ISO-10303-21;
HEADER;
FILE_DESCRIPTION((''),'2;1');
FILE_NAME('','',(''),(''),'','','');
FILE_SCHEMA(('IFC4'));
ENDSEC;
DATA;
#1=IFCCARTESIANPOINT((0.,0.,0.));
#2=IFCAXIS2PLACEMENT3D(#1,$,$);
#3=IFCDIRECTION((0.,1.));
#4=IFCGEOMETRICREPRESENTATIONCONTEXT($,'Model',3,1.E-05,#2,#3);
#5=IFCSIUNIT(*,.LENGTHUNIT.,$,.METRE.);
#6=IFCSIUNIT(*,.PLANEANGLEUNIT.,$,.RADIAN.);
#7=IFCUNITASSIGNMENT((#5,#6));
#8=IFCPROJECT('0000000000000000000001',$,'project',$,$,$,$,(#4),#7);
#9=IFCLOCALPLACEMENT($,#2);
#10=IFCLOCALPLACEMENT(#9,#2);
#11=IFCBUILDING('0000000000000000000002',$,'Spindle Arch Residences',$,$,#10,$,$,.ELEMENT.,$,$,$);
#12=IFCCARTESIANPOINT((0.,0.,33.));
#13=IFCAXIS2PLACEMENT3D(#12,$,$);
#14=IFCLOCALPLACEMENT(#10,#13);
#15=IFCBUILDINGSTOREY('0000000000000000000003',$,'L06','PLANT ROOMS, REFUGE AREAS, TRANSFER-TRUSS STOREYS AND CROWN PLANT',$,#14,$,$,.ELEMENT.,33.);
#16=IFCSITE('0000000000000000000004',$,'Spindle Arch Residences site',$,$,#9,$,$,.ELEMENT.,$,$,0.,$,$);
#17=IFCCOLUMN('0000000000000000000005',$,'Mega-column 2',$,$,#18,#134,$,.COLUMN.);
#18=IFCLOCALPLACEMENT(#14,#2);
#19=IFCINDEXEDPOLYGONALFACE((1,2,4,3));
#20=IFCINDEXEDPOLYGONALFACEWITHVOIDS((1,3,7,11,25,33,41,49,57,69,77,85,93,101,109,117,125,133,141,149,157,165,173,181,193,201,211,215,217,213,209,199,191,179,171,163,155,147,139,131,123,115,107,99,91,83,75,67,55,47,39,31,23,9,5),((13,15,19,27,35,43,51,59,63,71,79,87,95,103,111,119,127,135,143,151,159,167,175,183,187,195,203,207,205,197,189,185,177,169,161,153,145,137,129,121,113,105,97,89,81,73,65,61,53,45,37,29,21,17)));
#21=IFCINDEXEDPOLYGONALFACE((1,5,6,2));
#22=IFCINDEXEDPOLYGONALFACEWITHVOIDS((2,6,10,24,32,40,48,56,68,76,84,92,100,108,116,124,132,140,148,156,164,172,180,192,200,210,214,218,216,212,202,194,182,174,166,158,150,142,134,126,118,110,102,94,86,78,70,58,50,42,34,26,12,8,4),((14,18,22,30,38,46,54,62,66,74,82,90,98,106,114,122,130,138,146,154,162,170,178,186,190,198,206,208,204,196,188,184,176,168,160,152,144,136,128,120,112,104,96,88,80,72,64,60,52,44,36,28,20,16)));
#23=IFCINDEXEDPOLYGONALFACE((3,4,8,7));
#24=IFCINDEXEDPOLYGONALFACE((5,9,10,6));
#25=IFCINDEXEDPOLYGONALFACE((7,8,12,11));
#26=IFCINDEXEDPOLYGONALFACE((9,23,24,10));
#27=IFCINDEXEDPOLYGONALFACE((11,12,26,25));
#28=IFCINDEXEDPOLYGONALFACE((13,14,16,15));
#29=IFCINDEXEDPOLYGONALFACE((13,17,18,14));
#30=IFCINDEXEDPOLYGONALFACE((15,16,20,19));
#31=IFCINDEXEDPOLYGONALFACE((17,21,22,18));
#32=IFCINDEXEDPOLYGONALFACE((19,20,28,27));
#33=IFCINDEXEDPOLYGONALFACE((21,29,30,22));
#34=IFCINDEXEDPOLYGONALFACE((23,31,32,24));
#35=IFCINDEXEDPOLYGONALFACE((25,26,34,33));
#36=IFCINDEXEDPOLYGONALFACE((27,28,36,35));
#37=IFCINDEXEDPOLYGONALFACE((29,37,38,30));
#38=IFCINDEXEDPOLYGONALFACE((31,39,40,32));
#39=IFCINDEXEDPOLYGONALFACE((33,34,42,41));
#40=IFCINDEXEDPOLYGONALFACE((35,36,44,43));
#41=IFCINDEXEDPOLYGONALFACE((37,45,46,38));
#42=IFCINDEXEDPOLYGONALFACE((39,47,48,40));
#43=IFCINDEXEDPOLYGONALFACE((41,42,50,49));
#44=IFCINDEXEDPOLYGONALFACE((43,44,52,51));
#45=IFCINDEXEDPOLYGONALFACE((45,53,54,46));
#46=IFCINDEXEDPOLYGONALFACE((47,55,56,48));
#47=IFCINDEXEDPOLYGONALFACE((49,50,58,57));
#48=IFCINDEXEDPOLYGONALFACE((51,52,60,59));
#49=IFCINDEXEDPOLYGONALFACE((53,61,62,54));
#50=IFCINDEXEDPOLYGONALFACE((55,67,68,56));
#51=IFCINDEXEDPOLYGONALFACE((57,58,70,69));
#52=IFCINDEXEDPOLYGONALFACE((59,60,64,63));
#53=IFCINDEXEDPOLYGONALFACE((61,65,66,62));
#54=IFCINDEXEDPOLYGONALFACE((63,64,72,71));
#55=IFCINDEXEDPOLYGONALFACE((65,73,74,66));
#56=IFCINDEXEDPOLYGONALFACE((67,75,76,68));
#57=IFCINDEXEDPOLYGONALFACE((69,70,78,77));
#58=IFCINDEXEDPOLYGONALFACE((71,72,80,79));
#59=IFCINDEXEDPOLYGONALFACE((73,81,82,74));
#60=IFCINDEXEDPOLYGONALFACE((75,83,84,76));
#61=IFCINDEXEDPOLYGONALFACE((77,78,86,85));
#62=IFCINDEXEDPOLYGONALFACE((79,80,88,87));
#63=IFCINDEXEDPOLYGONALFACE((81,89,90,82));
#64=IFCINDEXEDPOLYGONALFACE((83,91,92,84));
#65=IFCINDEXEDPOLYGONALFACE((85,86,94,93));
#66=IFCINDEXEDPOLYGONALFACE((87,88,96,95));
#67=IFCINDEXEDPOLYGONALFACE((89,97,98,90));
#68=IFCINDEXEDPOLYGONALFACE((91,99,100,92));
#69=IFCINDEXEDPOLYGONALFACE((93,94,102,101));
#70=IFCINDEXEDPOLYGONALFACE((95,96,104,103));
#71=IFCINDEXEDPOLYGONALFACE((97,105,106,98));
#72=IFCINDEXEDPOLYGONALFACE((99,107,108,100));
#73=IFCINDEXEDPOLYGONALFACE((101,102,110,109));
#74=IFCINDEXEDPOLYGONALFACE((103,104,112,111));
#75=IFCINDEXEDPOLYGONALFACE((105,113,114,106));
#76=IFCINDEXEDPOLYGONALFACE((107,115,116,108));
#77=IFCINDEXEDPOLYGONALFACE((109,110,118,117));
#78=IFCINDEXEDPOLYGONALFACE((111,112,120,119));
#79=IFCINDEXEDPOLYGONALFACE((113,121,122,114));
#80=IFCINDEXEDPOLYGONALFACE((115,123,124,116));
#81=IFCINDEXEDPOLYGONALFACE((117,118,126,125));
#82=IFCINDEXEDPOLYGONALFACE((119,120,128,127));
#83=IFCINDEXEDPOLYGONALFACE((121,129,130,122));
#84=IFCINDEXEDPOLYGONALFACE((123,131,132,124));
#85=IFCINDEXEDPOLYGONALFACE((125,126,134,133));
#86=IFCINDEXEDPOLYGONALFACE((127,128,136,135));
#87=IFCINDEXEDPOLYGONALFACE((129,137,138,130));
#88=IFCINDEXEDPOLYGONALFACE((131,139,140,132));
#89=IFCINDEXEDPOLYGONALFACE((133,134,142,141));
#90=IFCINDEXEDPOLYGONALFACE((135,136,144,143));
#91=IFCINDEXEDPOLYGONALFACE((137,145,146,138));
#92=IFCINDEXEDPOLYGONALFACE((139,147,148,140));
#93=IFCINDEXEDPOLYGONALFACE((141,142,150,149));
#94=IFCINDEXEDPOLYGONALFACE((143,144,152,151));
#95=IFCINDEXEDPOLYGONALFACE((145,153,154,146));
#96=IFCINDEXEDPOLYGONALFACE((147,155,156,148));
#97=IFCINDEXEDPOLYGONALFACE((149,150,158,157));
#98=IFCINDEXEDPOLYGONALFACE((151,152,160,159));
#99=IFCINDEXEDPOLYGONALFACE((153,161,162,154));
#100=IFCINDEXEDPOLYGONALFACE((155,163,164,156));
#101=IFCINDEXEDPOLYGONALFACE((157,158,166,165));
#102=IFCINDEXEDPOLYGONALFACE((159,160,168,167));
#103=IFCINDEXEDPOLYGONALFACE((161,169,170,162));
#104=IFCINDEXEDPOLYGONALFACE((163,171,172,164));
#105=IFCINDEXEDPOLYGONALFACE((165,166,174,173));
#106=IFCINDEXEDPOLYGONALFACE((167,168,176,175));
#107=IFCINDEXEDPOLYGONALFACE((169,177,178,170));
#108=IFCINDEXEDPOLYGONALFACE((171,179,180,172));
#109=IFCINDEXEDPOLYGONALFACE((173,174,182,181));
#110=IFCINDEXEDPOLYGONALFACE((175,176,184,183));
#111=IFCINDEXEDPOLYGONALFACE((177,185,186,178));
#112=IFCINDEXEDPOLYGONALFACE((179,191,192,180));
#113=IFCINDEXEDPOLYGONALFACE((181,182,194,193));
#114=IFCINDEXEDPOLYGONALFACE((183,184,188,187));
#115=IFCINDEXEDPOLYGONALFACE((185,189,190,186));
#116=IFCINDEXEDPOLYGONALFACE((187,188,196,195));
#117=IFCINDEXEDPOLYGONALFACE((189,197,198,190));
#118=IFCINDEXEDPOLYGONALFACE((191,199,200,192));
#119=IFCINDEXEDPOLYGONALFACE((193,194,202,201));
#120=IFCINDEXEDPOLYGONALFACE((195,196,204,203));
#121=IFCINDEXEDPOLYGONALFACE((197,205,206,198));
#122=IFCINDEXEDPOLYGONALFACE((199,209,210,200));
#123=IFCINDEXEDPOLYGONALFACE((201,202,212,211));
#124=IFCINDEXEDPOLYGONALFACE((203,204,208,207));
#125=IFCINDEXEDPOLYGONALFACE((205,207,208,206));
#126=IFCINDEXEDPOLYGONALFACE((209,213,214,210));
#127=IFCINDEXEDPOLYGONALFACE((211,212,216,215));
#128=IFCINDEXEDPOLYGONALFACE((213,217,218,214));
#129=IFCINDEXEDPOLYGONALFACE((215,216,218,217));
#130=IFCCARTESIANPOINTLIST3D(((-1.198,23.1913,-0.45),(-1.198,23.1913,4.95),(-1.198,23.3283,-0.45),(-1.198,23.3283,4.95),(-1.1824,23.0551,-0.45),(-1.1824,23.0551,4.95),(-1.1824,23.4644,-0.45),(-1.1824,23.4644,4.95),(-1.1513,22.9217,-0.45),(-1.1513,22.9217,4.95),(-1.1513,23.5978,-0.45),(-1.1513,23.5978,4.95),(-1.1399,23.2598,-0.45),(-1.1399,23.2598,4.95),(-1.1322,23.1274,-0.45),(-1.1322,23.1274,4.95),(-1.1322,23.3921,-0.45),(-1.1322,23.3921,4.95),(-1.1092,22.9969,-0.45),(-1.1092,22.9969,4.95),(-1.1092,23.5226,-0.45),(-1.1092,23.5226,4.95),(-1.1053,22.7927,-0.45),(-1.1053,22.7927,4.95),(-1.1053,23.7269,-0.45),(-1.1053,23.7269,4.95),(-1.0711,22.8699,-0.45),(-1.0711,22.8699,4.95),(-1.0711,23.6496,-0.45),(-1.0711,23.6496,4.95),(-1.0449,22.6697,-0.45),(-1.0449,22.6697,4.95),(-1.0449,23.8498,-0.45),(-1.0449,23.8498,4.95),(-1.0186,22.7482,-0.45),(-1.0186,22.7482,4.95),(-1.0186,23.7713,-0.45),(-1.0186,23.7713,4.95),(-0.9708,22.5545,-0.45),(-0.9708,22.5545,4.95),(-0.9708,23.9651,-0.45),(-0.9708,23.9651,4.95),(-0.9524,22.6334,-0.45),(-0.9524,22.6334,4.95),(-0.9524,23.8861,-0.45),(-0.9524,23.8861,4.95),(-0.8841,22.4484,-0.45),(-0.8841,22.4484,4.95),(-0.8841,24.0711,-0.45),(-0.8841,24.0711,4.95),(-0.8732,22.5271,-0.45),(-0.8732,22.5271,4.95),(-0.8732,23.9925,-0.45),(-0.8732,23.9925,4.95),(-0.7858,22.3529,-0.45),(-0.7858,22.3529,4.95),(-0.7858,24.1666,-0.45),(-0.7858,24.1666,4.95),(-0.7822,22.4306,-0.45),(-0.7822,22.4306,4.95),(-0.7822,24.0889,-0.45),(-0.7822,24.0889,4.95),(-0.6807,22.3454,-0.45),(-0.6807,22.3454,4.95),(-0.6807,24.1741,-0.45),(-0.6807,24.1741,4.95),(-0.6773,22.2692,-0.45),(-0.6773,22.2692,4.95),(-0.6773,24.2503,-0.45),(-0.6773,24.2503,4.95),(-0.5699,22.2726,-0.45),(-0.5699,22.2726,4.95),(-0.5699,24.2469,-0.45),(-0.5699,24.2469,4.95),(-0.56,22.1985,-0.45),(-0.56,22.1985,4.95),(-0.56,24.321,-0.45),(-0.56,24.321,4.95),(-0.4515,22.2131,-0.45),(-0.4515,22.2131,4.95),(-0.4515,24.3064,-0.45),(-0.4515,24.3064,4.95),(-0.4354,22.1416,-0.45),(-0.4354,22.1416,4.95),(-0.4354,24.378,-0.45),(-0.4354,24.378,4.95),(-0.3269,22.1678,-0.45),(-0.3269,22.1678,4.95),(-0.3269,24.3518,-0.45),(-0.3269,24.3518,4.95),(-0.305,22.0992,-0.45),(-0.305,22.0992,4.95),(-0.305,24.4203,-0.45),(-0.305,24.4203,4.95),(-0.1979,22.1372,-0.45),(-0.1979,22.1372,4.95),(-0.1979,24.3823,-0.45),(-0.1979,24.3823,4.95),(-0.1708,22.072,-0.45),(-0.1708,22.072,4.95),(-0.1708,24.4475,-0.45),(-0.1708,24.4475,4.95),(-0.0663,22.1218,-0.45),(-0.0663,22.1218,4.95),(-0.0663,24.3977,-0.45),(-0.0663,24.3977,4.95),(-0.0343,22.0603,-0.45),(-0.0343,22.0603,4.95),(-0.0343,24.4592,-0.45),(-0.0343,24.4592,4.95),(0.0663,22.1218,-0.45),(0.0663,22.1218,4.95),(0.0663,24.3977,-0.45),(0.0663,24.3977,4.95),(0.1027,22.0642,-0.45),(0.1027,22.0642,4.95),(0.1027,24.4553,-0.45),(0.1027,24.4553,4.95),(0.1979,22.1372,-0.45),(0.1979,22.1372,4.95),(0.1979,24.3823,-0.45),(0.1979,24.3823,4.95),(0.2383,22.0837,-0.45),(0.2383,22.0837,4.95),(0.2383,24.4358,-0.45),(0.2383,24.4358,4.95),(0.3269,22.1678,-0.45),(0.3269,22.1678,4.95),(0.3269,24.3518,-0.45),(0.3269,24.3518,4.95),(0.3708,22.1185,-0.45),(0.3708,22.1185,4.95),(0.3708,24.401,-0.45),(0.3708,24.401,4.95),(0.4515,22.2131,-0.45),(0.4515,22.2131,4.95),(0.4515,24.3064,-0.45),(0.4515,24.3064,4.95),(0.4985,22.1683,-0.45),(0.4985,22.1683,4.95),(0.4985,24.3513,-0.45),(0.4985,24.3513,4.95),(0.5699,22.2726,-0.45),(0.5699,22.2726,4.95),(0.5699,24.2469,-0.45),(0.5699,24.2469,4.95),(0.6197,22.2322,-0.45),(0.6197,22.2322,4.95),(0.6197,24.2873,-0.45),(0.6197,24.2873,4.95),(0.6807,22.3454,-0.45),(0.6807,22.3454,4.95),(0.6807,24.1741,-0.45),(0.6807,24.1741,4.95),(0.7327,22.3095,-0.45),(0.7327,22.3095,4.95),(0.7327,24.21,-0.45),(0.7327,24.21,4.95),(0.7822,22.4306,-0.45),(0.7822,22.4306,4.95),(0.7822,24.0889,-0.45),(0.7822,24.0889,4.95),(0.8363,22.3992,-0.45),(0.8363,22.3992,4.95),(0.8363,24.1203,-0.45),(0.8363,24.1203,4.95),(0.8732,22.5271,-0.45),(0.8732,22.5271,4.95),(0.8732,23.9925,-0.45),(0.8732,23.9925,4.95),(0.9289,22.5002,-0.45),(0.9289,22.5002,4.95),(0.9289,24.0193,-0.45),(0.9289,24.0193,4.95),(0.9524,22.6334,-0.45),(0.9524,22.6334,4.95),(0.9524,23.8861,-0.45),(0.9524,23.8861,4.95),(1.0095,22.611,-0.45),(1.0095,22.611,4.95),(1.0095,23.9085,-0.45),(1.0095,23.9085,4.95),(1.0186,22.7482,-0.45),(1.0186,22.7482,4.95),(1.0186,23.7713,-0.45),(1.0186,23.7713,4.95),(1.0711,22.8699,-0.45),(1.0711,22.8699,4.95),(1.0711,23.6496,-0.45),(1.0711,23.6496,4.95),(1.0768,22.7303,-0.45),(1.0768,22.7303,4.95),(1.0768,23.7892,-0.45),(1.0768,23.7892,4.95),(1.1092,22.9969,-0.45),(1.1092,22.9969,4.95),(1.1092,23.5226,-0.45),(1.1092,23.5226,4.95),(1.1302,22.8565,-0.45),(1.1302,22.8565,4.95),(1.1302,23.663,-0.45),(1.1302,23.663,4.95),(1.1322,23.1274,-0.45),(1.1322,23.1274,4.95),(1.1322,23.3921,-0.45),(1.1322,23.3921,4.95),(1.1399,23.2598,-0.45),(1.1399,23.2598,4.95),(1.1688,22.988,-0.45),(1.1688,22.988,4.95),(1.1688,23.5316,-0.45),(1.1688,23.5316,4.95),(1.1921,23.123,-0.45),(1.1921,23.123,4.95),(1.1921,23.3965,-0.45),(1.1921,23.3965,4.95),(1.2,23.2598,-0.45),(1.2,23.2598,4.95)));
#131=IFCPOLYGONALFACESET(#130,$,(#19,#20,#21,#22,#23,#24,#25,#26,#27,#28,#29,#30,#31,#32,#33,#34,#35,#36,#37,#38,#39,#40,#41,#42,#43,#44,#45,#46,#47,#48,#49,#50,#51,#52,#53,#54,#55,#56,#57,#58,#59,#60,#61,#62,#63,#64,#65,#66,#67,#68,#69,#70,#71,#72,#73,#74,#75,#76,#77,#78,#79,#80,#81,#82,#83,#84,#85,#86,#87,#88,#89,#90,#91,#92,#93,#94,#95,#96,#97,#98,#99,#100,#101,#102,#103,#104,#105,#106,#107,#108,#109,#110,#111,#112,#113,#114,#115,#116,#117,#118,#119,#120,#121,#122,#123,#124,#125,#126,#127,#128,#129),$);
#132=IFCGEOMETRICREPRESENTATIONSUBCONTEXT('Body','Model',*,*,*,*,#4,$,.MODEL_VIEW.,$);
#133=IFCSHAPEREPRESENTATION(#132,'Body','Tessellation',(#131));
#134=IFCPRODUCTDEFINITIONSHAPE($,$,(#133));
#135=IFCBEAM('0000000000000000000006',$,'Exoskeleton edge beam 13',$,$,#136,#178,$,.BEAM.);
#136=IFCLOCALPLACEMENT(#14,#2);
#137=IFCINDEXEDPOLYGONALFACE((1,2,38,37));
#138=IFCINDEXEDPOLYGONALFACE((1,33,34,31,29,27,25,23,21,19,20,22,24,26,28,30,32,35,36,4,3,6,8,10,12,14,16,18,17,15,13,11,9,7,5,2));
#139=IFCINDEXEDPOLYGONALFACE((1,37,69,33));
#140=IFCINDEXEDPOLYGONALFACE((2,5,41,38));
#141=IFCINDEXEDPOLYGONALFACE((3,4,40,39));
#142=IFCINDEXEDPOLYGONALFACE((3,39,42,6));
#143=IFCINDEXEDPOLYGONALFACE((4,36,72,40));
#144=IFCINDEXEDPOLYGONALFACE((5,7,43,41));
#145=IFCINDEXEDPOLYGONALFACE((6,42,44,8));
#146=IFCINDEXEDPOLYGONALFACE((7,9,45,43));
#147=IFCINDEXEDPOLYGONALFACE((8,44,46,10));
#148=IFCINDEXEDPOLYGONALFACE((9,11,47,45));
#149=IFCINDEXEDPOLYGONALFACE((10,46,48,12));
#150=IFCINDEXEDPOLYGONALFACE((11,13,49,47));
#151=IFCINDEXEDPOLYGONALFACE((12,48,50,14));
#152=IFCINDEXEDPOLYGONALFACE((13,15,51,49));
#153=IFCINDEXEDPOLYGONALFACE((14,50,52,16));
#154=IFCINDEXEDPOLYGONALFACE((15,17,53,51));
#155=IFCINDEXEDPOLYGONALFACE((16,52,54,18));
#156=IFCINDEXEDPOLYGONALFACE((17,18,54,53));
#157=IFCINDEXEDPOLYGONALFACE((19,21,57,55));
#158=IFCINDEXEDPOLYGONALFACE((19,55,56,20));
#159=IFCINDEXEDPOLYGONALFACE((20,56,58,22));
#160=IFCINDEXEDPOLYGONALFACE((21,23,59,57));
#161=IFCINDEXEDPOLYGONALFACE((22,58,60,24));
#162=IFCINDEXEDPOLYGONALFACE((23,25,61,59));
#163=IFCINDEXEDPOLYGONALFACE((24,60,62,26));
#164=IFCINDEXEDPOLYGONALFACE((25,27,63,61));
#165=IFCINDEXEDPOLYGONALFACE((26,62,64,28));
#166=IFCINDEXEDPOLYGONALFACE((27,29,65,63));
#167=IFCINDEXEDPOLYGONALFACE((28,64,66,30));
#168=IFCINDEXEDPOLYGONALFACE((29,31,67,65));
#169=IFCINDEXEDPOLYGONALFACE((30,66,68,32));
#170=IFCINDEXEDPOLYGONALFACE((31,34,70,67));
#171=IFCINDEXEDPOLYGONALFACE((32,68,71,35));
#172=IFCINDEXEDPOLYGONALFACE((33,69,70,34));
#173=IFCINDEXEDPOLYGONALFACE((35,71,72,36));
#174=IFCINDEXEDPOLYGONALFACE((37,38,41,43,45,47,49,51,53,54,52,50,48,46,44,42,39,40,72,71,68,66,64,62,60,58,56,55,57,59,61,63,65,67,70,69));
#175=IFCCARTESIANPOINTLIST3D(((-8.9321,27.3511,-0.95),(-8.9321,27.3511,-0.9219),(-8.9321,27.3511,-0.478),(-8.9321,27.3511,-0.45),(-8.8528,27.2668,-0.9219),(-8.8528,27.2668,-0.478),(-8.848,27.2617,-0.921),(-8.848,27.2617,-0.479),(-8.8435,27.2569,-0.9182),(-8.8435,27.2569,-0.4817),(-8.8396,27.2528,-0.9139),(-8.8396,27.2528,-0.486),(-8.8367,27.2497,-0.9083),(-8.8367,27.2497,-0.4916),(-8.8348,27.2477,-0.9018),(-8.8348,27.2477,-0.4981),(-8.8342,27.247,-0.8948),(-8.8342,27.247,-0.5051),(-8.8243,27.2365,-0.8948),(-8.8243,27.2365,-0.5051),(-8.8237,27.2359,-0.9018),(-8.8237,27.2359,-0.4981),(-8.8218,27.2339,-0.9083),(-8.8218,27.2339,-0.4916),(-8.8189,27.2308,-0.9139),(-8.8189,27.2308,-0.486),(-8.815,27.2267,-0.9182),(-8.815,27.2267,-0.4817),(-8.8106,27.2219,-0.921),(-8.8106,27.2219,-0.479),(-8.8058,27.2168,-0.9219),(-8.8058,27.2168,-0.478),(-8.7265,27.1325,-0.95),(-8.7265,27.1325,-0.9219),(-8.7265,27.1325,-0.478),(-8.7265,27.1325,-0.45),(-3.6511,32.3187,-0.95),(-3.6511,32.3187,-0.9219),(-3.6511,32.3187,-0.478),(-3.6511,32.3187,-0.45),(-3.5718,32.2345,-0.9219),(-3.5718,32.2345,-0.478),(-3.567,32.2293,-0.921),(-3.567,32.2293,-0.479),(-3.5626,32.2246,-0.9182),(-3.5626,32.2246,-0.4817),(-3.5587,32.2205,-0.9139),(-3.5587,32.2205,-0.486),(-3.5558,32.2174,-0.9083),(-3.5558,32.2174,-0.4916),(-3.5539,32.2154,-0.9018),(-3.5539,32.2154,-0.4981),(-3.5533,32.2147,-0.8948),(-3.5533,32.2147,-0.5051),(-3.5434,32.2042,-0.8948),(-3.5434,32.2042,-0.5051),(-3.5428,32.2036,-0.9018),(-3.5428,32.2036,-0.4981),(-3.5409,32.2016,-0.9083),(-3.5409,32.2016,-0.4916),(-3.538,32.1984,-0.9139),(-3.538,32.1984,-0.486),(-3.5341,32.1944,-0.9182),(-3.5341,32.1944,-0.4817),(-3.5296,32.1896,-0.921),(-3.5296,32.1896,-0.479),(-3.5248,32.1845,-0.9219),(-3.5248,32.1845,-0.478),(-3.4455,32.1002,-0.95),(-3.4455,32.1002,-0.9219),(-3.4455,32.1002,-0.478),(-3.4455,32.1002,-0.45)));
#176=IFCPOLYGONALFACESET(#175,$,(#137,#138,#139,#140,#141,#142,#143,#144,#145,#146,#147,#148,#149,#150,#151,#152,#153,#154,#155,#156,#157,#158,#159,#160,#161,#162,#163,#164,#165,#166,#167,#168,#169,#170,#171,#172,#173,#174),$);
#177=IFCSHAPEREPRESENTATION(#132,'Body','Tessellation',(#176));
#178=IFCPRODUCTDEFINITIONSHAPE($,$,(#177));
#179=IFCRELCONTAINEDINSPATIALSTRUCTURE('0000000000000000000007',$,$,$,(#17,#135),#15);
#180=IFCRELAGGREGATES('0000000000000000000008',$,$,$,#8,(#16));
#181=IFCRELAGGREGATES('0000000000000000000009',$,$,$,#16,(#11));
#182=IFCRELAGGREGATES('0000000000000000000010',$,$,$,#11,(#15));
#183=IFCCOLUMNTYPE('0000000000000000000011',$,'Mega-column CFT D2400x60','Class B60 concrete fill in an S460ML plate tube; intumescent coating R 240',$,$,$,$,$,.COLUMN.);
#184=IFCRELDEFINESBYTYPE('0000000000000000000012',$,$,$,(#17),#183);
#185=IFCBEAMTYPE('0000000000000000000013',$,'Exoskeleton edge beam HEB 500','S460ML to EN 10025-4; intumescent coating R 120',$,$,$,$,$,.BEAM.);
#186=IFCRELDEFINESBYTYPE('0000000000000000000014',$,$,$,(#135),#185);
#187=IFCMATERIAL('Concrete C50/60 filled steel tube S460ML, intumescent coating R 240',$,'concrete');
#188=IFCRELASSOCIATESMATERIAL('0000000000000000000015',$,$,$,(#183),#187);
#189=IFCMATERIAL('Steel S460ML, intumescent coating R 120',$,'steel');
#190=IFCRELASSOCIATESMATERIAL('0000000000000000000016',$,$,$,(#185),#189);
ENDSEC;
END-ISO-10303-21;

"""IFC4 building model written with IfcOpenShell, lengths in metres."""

from ifc_helpers import new_model, si_unit, direction, frame, origin, origin_2d, place, context, subcontext, project, spatial, hollow_circle, i_section, extrude, material, material_profile, profile_set, type_object, element, save


model = new_model("IFC4")

# Units and contexts
model_context = context("Model", 3, precision=1e-05, world=origin(), true_north=direction((0.0, 1.0)))
body_context = subcontext(model_context, "Body", "Model", "MODEL_VIEW")
ifc_project = project(units=[si_unit("LENGTHUNIT", "METRE"), si_unit("PLANEANGLEUNIT", "RADIAN")], contexts=[model_context])

# Site, building, storey
site_placement = place(None, origin())
site = spatial("IfcSite", under=ifc_project, at=site_placement, Name="Spindle Arch Residences site", CompositionType="ELEMENT", RefElevation=0.0)
building_placement = place(site_placement, origin())
building = spatial("IfcBuilding", under=site, at=building_placement, Name="Spindle Arch Residences", CompositionType="ELEMENT")
storey_placement = place(building_placement, frame((0.0, 0.0, 33.0)))
storey = spatial("IfcBuildingStorey", under=building, at=storey_placement, Name="L06", Description="PLANT ROOMS, REFUGE AREAS, TRANSFER-TRUSS STOREYS AND CROWN PLANT", CompositionType="ELEMENT", Elevation=33.0)

# Column
ifc_material_1 = material(Name="Concrete C50/60 filled steel tube S460ML, intumescent coating R 240", Category="concrete")
ifc_material_profile_1 = material_profile(ifc_material_1, hollow_circle(Radius=1.2, WallThickness=0.0601, at=origin_2d()), Name="CFT D2400x60")
ifc_profile_set_1 = profile_set([ifc_material_profile_1], Name="Concrete C50/60 filled steel tube S460ML, intumescent coating R 240")
column_type_1 = type_object("IfcColumnType", Name="Mega-column CFT D2400x60", Description="Class B60 concrete fill in an S460ML plate tube; intumescent coating R 240", PredefinedType="COLUMN", material=ifc_profile_set_1)
column_placement = place(storey_placement, frame((0.0, 23.2598, -0.45), z_axis=(0.0, 0.0, 1.0), x_axis=(1.0, 0.0, 0.0)))
element("IfcColumn", 1, at=column_placement, inside=storey, type_object=column_type_1, Name="Mega-column 2", PredefinedType="COLUMN", context=body_context, shape_type="SweptSolid", body=[
    extrude(hollow_circle(Radius=1.2, WallThickness=0.0601, at=origin_2d()), origin(), (0.0, 0.0, 1.0), 5.3999),
])

# Beam
ifc_material_2 = material(Name="Steel S460ML, intumescent coating R 120", Category="steel")
ifc_material_profile_2 = material_profile(ifc_material_2, i_section(OverallWidth=0.3, OverallDepth=0.5, WebThickness=0.0144, FlangeThickness=0.0281, FilletRadius=0.0271, at=origin_2d()), Name="HEB 500")
ifc_profile_set_2 = profile_set([ifc_material_profile_2], Name="Steel S460ML, intumescent coating R 120")
beam_type_1 = type_object("IfcBeamType", Name="Exoskeleton edge beam HEB 500", Description="S460ML to EN 10025-4; intumescent coating R 120", PredefinedType="BEAM", material=ifc_profile_set_2)
beam_1_placement = place(storey_placement, frame((-3.5483, 32.2095, -0.7), z_axis=(-0.728378, -0.685176, 0.0), x_axis=(0.685176, -0.728378, 0.0)))
element("IfcBeam", 2, at=beam_1_placement, inside=storey, type_object=beam_type_1, Name="Exoskeleton edge beam 13", PredefinedType="BEAM", context=body_context, shape_type="SweptSolid", body=[
    extrude(i_section(OverallWidth=0.3, OverallDepth=0.5, WebThickness=0.0144, FlangeThickness=0.0281, FilletRadius=0.0271, at=origin_2d()), origin(), (0.0, 0.0, 1.0), 7.2502),
])

save(model, "model.ifc")
